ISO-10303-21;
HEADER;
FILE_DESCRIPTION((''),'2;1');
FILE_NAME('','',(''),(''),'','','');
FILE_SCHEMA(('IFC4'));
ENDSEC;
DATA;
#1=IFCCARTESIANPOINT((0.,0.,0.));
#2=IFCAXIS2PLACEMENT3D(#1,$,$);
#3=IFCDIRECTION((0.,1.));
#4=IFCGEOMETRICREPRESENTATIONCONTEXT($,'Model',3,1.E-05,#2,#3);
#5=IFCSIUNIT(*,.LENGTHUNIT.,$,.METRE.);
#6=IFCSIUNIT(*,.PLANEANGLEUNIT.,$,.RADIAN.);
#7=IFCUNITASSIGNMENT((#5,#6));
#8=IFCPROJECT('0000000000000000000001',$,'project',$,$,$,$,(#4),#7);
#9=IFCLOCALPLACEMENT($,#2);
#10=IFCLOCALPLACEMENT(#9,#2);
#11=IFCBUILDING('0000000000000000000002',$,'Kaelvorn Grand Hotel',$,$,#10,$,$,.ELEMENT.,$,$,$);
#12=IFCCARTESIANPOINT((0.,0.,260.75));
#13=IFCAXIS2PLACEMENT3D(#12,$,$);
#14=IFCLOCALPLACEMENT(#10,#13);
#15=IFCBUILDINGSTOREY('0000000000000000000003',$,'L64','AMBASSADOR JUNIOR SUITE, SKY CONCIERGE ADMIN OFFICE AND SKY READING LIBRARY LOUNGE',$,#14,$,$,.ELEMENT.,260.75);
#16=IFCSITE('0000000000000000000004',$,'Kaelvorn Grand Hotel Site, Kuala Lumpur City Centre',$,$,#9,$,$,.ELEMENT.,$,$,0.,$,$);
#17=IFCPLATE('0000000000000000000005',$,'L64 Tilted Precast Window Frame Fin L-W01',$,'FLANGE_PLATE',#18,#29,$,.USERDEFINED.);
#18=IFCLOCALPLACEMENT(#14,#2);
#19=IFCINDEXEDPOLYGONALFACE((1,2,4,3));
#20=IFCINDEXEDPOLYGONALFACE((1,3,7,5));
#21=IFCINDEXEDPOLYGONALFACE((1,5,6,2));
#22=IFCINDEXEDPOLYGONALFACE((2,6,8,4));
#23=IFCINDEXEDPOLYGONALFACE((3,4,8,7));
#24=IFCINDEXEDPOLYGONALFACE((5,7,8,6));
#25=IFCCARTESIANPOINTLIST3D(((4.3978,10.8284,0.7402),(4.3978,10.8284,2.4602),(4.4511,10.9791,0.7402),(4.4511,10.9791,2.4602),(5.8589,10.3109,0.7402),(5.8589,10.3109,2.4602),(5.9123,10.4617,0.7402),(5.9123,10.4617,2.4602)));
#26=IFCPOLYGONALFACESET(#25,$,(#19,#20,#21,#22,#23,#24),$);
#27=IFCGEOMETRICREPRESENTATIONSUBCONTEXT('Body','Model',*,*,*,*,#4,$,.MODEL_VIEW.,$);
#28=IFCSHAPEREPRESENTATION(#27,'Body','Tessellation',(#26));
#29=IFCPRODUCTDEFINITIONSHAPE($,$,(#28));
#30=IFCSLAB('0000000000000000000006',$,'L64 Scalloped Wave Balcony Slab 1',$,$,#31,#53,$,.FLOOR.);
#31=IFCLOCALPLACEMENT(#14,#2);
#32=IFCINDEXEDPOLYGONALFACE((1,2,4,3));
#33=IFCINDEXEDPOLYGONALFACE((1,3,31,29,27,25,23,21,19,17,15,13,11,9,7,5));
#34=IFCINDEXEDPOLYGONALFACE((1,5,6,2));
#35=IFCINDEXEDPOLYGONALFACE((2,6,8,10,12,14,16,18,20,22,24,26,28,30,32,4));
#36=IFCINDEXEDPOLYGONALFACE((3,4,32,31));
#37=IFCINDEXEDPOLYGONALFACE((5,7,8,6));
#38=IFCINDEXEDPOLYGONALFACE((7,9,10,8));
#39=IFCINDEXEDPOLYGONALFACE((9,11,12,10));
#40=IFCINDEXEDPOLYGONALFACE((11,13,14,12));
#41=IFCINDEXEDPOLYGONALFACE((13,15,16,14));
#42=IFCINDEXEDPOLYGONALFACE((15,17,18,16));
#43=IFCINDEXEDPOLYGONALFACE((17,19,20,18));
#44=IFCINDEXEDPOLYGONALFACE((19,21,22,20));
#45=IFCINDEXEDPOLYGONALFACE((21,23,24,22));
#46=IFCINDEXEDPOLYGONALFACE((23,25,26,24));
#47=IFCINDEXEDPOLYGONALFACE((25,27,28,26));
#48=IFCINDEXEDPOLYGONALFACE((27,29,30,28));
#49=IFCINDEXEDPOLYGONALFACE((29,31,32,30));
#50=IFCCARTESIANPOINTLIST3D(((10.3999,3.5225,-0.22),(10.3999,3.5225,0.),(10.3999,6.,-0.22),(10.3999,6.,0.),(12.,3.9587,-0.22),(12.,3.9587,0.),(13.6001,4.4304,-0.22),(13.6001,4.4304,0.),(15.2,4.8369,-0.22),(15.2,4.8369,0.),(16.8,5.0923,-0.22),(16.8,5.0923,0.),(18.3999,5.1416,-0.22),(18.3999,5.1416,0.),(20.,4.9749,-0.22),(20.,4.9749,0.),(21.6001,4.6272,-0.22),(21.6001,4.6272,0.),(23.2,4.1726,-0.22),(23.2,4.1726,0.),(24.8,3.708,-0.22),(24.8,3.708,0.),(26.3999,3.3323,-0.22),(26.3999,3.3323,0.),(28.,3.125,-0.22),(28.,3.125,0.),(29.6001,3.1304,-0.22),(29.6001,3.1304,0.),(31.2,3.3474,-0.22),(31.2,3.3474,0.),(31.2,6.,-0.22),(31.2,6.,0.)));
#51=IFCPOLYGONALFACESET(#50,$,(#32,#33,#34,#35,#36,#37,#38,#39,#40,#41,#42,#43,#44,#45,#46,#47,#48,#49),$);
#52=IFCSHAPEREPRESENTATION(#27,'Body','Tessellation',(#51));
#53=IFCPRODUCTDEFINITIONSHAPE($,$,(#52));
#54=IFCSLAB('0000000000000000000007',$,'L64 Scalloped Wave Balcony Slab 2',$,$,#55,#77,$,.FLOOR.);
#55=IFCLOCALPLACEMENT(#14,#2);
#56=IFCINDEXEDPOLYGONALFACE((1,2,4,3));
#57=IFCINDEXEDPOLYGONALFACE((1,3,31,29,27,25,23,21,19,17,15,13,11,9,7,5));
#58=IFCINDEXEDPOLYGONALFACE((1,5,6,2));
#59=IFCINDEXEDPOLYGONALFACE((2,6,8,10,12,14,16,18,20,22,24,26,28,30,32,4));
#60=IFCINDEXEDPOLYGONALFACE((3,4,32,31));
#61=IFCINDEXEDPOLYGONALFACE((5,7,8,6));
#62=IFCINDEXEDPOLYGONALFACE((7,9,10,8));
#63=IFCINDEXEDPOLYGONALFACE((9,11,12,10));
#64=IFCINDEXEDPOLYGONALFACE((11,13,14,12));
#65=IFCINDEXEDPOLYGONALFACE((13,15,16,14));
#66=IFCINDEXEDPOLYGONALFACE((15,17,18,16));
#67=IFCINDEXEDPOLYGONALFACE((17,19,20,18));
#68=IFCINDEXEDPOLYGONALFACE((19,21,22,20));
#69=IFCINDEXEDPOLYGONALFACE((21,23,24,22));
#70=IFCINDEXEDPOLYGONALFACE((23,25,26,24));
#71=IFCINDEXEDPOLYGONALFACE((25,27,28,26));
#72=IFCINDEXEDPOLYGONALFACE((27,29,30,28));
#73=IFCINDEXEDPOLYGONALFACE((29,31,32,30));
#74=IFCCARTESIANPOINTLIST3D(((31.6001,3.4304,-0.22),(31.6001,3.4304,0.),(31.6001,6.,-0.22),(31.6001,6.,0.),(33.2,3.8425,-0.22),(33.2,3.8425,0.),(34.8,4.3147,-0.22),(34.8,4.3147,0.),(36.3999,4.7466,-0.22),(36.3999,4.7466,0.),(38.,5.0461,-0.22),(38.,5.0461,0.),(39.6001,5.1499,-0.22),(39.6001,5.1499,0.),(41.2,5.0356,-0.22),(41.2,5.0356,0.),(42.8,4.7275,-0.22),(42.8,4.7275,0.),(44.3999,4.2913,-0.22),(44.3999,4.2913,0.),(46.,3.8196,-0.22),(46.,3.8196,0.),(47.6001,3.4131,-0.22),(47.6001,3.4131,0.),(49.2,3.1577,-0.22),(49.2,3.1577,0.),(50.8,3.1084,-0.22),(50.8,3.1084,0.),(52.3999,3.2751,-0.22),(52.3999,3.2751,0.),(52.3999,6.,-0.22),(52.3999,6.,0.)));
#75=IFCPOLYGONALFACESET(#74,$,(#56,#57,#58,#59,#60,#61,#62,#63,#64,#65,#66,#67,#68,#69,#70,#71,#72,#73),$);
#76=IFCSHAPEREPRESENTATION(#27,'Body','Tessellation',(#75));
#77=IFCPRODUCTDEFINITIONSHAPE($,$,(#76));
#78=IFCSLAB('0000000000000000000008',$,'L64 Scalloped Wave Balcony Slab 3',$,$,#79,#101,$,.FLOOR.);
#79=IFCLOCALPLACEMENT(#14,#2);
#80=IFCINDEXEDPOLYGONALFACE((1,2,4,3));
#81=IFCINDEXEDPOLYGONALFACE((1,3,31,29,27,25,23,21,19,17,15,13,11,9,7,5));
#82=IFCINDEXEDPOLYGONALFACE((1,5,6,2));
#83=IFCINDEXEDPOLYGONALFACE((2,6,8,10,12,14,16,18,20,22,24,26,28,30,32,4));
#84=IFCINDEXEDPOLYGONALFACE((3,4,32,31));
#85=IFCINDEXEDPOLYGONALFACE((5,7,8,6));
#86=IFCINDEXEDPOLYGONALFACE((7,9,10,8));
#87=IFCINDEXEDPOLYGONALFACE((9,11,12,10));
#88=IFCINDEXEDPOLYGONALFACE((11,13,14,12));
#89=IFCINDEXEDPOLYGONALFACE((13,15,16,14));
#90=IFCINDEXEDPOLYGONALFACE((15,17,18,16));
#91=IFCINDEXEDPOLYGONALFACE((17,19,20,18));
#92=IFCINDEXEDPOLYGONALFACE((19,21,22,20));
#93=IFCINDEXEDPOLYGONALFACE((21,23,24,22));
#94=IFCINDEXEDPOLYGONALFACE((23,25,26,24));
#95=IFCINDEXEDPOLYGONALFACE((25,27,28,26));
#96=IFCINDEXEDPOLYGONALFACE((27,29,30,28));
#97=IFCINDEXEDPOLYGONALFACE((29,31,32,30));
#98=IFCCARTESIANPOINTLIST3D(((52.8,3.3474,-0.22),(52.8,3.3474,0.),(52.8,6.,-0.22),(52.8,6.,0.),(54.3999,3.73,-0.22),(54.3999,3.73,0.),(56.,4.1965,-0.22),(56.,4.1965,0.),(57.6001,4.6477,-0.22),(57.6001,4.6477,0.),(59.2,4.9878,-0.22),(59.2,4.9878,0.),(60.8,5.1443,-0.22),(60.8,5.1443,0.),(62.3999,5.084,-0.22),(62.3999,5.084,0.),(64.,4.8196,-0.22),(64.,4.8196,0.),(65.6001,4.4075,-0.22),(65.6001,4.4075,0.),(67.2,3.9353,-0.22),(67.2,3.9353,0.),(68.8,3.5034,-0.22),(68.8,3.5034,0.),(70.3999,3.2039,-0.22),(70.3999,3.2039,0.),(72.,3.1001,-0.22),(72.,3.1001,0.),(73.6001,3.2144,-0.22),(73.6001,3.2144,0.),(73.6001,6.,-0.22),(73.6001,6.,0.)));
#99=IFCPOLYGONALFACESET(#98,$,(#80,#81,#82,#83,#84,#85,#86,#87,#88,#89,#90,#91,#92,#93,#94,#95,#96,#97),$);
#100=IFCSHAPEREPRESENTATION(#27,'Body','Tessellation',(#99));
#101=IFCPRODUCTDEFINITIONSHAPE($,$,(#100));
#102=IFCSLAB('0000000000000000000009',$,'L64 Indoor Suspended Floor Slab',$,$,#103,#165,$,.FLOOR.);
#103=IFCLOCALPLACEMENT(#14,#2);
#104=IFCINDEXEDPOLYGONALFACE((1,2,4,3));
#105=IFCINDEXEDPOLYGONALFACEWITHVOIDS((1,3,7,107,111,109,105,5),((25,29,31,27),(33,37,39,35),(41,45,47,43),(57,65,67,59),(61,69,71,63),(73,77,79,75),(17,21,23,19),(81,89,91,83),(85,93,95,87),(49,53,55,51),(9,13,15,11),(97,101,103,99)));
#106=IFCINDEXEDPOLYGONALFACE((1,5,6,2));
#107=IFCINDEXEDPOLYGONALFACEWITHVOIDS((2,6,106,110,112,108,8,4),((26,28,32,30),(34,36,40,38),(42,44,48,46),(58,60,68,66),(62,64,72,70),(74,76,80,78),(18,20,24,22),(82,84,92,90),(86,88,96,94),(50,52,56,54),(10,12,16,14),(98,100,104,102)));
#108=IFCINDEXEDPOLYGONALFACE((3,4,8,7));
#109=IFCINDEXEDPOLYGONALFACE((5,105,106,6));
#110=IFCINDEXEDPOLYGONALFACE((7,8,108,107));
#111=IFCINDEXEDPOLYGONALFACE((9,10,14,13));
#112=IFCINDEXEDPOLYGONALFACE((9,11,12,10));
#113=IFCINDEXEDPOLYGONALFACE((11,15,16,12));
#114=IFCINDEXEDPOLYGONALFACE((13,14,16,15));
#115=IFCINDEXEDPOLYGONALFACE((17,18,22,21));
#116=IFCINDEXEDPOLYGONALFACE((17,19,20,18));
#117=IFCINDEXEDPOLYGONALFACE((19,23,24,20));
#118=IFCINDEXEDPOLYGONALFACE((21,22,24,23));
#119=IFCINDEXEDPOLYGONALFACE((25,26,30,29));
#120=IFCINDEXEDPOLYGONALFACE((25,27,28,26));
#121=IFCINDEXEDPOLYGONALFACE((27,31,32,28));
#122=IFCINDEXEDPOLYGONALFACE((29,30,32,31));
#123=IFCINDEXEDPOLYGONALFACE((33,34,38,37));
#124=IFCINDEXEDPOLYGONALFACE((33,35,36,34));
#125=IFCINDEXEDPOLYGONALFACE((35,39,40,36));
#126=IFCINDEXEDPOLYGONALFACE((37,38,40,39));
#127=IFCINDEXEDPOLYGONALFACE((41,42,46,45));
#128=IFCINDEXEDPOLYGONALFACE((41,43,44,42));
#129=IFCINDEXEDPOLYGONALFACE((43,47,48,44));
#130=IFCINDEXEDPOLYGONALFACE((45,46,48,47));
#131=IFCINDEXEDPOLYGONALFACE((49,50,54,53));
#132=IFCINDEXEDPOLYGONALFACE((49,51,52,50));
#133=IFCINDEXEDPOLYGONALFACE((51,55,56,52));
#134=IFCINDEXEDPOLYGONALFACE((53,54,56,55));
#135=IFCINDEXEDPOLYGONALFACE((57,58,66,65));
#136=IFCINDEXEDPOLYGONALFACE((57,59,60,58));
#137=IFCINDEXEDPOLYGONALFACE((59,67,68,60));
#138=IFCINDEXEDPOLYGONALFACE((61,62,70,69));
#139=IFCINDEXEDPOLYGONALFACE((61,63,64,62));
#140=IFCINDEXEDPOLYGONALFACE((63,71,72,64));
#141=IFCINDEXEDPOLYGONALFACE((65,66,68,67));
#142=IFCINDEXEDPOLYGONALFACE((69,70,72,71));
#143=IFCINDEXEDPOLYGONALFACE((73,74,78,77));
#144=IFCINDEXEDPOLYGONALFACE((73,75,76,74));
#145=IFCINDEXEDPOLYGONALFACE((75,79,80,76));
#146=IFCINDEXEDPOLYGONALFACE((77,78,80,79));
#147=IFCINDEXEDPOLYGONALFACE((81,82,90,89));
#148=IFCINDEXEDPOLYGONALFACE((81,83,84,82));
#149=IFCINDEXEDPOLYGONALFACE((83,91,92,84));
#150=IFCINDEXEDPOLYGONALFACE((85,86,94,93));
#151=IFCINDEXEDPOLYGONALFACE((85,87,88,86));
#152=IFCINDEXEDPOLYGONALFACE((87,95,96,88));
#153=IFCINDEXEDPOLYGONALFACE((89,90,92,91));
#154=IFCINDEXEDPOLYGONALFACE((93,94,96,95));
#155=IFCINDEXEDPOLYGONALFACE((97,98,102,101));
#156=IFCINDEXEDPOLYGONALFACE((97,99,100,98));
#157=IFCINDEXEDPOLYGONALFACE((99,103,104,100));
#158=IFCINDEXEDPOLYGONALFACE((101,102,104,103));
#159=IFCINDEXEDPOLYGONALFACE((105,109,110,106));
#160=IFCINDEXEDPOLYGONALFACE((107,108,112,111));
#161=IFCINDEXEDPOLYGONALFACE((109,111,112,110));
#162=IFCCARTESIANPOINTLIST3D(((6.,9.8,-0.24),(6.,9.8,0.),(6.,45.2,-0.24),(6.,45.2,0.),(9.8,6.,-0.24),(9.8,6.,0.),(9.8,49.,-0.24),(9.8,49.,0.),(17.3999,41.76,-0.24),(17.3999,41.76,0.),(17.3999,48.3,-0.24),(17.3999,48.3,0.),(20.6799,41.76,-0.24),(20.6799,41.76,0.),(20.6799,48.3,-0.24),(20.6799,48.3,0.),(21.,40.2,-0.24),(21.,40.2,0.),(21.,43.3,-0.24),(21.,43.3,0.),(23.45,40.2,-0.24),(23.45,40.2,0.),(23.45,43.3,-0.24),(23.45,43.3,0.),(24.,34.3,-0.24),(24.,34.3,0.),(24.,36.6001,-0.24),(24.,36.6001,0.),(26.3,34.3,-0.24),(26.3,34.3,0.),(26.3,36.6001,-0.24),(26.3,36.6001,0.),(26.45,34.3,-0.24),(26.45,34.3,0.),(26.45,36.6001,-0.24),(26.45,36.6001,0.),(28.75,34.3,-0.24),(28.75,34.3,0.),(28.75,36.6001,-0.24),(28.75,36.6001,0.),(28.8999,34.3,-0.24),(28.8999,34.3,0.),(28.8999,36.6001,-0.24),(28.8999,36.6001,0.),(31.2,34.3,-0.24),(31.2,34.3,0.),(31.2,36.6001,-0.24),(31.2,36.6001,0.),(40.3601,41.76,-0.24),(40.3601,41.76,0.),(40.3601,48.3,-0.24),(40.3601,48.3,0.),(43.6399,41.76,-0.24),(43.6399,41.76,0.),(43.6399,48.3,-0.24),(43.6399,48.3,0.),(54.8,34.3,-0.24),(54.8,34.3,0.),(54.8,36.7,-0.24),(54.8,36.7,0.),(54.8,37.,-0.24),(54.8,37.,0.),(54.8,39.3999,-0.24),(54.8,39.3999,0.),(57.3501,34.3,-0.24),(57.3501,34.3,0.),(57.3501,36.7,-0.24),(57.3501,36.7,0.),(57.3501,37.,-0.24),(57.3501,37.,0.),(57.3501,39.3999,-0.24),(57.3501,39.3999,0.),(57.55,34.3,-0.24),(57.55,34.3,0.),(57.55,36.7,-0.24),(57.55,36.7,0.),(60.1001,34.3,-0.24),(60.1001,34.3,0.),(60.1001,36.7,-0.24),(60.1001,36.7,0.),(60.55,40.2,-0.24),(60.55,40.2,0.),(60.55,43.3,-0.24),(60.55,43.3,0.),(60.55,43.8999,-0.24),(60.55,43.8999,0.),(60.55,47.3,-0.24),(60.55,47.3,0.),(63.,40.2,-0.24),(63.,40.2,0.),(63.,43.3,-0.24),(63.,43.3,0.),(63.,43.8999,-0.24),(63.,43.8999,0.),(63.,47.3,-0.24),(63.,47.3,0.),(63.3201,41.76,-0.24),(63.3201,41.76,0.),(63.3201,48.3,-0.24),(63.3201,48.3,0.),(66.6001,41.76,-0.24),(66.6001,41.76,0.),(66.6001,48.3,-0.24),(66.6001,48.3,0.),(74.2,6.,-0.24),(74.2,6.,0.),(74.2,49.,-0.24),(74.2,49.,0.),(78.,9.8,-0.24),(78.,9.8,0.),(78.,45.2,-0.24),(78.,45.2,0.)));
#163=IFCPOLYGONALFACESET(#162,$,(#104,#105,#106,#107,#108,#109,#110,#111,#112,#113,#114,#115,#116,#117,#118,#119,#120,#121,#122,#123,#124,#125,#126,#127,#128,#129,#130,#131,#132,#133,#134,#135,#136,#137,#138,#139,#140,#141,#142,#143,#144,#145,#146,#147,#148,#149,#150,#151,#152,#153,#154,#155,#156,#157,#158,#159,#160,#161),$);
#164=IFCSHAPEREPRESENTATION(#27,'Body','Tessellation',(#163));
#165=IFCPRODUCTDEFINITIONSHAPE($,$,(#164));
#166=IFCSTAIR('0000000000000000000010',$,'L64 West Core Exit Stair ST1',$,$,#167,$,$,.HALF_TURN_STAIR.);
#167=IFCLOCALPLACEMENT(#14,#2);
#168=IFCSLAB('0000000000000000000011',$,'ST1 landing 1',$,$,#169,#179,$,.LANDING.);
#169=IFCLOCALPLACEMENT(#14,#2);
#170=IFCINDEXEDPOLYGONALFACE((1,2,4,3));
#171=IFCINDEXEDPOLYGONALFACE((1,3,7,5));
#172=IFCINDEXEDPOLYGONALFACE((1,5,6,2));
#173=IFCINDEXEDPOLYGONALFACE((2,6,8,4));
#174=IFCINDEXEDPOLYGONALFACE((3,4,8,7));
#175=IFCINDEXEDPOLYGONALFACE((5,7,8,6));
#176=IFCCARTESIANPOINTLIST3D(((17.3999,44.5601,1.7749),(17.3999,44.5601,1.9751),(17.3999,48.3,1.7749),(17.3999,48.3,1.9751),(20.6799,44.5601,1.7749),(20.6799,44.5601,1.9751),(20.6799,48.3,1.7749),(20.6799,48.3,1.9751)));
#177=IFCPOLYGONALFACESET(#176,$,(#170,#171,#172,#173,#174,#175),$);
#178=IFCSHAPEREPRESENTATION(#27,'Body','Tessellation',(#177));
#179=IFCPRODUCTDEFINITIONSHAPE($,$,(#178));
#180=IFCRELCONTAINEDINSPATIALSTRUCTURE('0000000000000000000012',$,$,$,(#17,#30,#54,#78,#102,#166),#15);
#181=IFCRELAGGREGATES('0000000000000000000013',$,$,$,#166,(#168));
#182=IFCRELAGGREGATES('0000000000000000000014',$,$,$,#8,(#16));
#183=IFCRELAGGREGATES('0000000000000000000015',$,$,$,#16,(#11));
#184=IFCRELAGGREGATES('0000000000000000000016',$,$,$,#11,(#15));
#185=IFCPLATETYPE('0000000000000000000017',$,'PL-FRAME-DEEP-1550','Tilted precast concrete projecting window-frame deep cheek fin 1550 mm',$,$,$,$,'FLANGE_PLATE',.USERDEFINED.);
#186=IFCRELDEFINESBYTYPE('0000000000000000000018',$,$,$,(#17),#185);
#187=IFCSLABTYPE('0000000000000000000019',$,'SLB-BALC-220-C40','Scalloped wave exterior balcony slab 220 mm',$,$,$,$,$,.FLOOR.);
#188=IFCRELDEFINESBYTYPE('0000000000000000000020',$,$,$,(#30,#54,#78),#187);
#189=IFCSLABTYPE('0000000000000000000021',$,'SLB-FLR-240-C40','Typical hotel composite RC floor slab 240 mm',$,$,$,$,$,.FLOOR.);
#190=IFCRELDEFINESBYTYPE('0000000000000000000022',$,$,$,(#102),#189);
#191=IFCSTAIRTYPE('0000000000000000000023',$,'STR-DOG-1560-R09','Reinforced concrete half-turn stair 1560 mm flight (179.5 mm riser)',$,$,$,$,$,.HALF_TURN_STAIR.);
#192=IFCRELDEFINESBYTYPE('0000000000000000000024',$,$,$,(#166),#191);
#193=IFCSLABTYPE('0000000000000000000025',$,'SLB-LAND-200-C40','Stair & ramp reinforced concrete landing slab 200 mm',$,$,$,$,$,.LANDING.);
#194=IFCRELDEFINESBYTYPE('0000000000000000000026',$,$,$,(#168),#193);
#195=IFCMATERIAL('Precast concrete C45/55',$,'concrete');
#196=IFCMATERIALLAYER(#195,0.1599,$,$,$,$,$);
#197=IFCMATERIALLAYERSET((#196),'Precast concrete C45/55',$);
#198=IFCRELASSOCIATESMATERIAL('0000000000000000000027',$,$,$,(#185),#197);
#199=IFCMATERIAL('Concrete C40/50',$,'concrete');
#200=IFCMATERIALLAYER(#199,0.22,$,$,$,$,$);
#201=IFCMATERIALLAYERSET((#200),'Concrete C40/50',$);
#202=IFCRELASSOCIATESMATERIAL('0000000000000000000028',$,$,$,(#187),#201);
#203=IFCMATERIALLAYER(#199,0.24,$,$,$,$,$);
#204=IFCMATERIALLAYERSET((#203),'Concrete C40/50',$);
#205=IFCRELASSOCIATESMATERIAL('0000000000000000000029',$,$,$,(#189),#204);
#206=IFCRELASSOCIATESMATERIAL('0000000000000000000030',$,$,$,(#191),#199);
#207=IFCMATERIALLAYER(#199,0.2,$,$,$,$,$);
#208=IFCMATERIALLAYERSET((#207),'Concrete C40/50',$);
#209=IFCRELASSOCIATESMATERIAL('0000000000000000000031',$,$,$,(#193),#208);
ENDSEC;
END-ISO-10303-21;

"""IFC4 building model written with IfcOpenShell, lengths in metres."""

from ifc_helpers import new_model, si_unit, direction, frame, origin, origin_2d, place, context, subcontext, project, spatial, polyline, rectangle, outline, extrude, material, layer, layer_set, type_object, element, aggregate, save


model = new_model("IFC4")

# Units and contexts
model_context = context("Model", 3, precision=1e-05, world=origin(), true_north=direction((0.0, 1.0)))
body_context = subcontext(model_context, "Body", "Model", "MODEL_VIEW")
ifc_project = project(units=[si_unit("LENGTHUNIT", "METRE"), si_unit("PLANEANGLEUNIT", "RADIAN")], contexts=[model_context])

# Site, building, storey
site_placement = place(None, origin())
site = spatial("IfcSite", under=ifc_project, at=site_placement, Name="Kaelvorn Grand Hotel Site, Kuala Lumpur City Centre", CompositionType="ELEMENT", RefElevation=0.0)
building_placement = place(site_placement, origin())
building = spatial("IfcBuilding", under=site, at=building_placement, Name="Kaelvorn Grand Hotel", CompositionType="ELEMENT")
storey_placement = place(building_placement, frame((0.0, 0.0, 260.75)))
storey = spatial("IfcBuildingStorey", under=building, at=storey_placement, Name="L64", Description="AMBASSADOR JUNIOR SUITE, SKY CONCIERGE ADMIN OFFICE AND SKY READING LIBRARY LOUNGE", CompositionType="ELEMENT", Elevation=260.75)

# Plate
ifc_material_1 = material(Name="Precast concrete C45/55", Category="concrete")
ifc_layer_1 = layer(ifc_material_1, 0.1599)
ifc_layer_set_1 = layer_set([ifc_layer_1], Name="Precast concrete C45/55")
plate_type = type_object("IfcPlateType", Name="PL-FRAME-DEEP-1550", Description="Tilted precast concrete projecting window-frame deep cheek fin 1550 mm", ElementType="FLANGE_PLATE", PredefinedType="USERDEFINED", material=ifc_layer_set_1)
plate_placement = place(storey_placement, frame((5.155, 10.645, 0.7402), z_axis=(0.0, 0.0, 1.0), x_axis=(0.333807, 0.942641, 0.0)))
element("IfcPlate", 1, at=plate_placement, inside=storey, type_object=plate_type, Name="L64 Tilted Precast Window Frame Fin L-W01", ObjectType="FLANGE_PLATE", PredefinedType="USERDEFINED", context=body_context, shape_type="SweptSolid", body=[
    extrude(rectangle(XDim=0.1599, YDim=1.55, at=origin_2d()), origin(), (0.0, 0.0, 1.0), 1.72),
])

# Slabs
ifc_material_2 = material(Name="Concrete C40/50", Category="concrete")
ifc_layer_2 = layer(ifc_material_2, 0.22)
ifc_layer_set_2 = layer_set([ifc_layer_2], Name="Concrete C40/50")
slab_type_1 = type_object("IfcSlabType", Name="SLB-BALC-220-C40", Description="Scalloped wave exterior balcony slab 220 mm", PredefinedType="FLOOR", material=ifc_layer_set_2)
slab_1_placement = place(storey_placement, frame((0.0, 0.0, -0.22)))
element("IfcSlab", 2, at=slab_1_placement, inside=storey, type_object=slab_type_1, Name="L64 Scalloped Wave Balcony Slab 1", PredefinedType="FLOOR", context=body_context, shape_type="SweptSolid", body=[
    extrude(outline(polyline([(10.3999, 3.5225), (12.0, 3.9587), (13.6001, 4.4304), (15.2, 4.8369), (16.8, 5.0923), (18.3999, 5.1416), (20.0, 4.9749), (21.6001, 4.6272), (23.2, 4.1726), (24.8, 3.708), (26.3999, 3.3323), (28.0, 3.125), (29.6001, 3.1304), (31.2, 3.3474), (31.2, 6.0), (10.3999, 6.0), (10.3999, 3.5225)])), origin(), (0.0, 0.0, 1.0), 0.22),
])
slab_2_placement = place(storey_placement, frame((0.0, 0.0, -0.22)))
element("IfcSlab", 3, at=slab_2_placement, inside=storey, type_object=slab_type_1, Name="L64 Scalloped Wave Balcony Slab 2", PredefinedType="FLOOR", context=body_context, shape_type="SweptSolid", body=[
    extrude(outline(polyline([(31.6001, 3.4304), (33.2, 3.8425), (34.8, 4.3147), (36.3999, 4.7466), (38.0, 5.0461), (39.6001, 5.1499), (41.2, 5.0356), (42.8, 4.7275), (44.3999, 4.2913), (46.0, 3.8196), (47.6001, 3.4131), (49.2, 3.1577), (50.8, 3.1084), (52.3999, 3.2751), (52.3999, 6.0), (31.6001, 6.0), (31.6001, 3.4304)])), origin(), (0.0, 0.0, 1.0), 0.22),
])
slab_3_placement = place(storey_placement, frame((0.0, 0.0, -0.22)))
element("IfcSlab", 4, at=slab_3_placement, inside=storey, type_object=slab_type_1, Name="L64 Scalloped Wave Balcony Slab 3", PredefinedType="FLOOR", context=body_context, shape_type="SweptSolid", body=[
    extrude(outline(polyline([(52.8, 3.3474), (54.3999, 3.73), (56.0, 4.1965), (57.6001, 4.6477), (59.2, 4.9878), (60.8, 5.1443), (62.3999, 5.084), (64.0, 4.8196), (65.6001, 4.4075), (67.2, 3.9353), (68.8, 3.5034), (70.3999, 3.2039), (72.0, 3.1001), (73.6001, 3.2144), (73.6001, 6.0), (52.8, 6.0), (52.8, 3.3474)])), origin(), (0.0, 0.0, 1.0), 0.22),
])
ifc_layer_3 = layer(ifc_material_2, 0.24)
ifc_layer_set_3 = layer_set([ifc_layer_3], Name="Concrete C40/50")
slab_type_2 = type_object("IfcSlabType", Name="SLB-FLR-240-C40", Description="Typical hotel composite RC floor slab 240 mm", PredefinedType="FLOOR", material=ifc_layer_set_3)
slab_4_placement = place(storey_placement, frame((0.0, 0.0, -0.24)))
element("IfcSlab", 5, at=slab_4_placement, inside=storey, type_object=slab_type_2, Name="L64 Indoor Suspended Floor Slab", PredefinedType="FLOOR", context=body_context, shape_type="SweptSolid", body=[
    extrude(outline(polyline([(9.8, 6.0), (74.2, 6.0), (78.0, 9.8), (78.0, 45.2), (74.2, 49.0), (9.8, 49.0), (6.0, 45.2), (6.0, 9.8), (9.8, 6.0)]), holes=[polyline([(17.3999, 41.76), (17.3999, 48.3), (20.6799, 48.3), (20.6799, 41.76), (17.3999, 41.76)]), polyline([(40.3601, 41.76), (40.3601, 48.3), (43.6399, 48.3), (43.6399, 41.76), (40.3601, 41.76)]), polyline([(63.3201, 41.76), (63.3201, 48.3), (66.6001, 48.3), (66.6001, 41.76), (63.3201, 41.76)]), polyline([(24.0, 34.3), (24.0, 36.6001), (26.3, 36.6001), (26.3, 34.3), (24.0, 34.3)]), polyline([(26.45, 34.3), (26.45, 36.6001), (28.75, 36.6001), (28.75, 34.3), (26.45, 34.3)]), polyline([(28.8999, 34.3), (28.8999, 36.6001), (31.2, 36.6001), (31.2, 34.3), (28.8999, 34.3)]), polyline([(54.8, 34.3), (54.8, 36.7), (57.3501, 36.7), (57.3501, 34.3), (54.8, 34.3)]), polyline([(57.55, 34.3), (57.55, 36.7), (60.1001, 36.7), (60.1001, 34.3), (57.55, 34.3)]), polyline([(54.8, 37.0), (54.8, 39.3999), (57.3501, 39.3999), (57.3501, 37.0), (54.8, 37.0)]), polyline([(21.0, 40.2), (21.0, 43.3), (23.45, 43.3), (23.45, 40.2), (21.0, 40.2)]), polyline([(60.55, 40.2), (60.55, 43.3), (63.0, 43.3), (63.0, 40.2), (60.55, 40.2)]), polyline([(60.55, 43.8999), (60.55, 47.3), (63.0, 47.3), (63.0, 43.8999), (60.55, 43.8999)])]), origin(), (0.0, 0.0, 1.0), 0.24),
])

# Stair, slab
stair_type = type_object("IfcStairType", Name="STR-DOG-1560-R09", Description="Reinforced concrete half-turn stair 1560 mm flight (179.5 mm riser)", PredefinedType="HALF_TURN_STAIR", material=ifc_material_2)
stair_1_placement = place(storey_placement, origin())
stair_1 = element("IfcStair", 6, at=stair_1_placement, inside=storey, type_object=stair_type, Name="L64 West Core Exit Stair ST1", PredefinedType="HALF_TURN_STAIR")
ifc_layer_4 = layer(ifc_material_2, 0.2)
ifc_layer_set_4 = layer_set([ifc_layer_4], Name="Concrete C40/50")
slab_type_3 = type_object("IfcSlabType", Name="SLB-LAND-200-C40", Description="Stair & ramp reinforced concrete landing slab 200 mm", PredefinedType="LANDING", material=ifc_layer_set_4)
slab_5_placement = place(storey_placement, frame((0.0, 0.0, 1.7749)))
slab_5 = element("IfcSlab", 7, at=slab_5_placement, type_object=slab_type_3, Name="ST1 landing 1", PredefinedType="LANDING", context=body_context, shape_type="SweptSolid", body=[
    extrude(outline(polyline([(20.6799, 44.5601), (20.6799, 48.3), (17.3999, 48.3), (17.3999, 44.5601), (20.6799, 44.5601)])), origin(), (0.0, 0.0, 1.0), 0.2002),
])
aggregate(stair_1, [slab_5])

save(model, "model.ifc")
